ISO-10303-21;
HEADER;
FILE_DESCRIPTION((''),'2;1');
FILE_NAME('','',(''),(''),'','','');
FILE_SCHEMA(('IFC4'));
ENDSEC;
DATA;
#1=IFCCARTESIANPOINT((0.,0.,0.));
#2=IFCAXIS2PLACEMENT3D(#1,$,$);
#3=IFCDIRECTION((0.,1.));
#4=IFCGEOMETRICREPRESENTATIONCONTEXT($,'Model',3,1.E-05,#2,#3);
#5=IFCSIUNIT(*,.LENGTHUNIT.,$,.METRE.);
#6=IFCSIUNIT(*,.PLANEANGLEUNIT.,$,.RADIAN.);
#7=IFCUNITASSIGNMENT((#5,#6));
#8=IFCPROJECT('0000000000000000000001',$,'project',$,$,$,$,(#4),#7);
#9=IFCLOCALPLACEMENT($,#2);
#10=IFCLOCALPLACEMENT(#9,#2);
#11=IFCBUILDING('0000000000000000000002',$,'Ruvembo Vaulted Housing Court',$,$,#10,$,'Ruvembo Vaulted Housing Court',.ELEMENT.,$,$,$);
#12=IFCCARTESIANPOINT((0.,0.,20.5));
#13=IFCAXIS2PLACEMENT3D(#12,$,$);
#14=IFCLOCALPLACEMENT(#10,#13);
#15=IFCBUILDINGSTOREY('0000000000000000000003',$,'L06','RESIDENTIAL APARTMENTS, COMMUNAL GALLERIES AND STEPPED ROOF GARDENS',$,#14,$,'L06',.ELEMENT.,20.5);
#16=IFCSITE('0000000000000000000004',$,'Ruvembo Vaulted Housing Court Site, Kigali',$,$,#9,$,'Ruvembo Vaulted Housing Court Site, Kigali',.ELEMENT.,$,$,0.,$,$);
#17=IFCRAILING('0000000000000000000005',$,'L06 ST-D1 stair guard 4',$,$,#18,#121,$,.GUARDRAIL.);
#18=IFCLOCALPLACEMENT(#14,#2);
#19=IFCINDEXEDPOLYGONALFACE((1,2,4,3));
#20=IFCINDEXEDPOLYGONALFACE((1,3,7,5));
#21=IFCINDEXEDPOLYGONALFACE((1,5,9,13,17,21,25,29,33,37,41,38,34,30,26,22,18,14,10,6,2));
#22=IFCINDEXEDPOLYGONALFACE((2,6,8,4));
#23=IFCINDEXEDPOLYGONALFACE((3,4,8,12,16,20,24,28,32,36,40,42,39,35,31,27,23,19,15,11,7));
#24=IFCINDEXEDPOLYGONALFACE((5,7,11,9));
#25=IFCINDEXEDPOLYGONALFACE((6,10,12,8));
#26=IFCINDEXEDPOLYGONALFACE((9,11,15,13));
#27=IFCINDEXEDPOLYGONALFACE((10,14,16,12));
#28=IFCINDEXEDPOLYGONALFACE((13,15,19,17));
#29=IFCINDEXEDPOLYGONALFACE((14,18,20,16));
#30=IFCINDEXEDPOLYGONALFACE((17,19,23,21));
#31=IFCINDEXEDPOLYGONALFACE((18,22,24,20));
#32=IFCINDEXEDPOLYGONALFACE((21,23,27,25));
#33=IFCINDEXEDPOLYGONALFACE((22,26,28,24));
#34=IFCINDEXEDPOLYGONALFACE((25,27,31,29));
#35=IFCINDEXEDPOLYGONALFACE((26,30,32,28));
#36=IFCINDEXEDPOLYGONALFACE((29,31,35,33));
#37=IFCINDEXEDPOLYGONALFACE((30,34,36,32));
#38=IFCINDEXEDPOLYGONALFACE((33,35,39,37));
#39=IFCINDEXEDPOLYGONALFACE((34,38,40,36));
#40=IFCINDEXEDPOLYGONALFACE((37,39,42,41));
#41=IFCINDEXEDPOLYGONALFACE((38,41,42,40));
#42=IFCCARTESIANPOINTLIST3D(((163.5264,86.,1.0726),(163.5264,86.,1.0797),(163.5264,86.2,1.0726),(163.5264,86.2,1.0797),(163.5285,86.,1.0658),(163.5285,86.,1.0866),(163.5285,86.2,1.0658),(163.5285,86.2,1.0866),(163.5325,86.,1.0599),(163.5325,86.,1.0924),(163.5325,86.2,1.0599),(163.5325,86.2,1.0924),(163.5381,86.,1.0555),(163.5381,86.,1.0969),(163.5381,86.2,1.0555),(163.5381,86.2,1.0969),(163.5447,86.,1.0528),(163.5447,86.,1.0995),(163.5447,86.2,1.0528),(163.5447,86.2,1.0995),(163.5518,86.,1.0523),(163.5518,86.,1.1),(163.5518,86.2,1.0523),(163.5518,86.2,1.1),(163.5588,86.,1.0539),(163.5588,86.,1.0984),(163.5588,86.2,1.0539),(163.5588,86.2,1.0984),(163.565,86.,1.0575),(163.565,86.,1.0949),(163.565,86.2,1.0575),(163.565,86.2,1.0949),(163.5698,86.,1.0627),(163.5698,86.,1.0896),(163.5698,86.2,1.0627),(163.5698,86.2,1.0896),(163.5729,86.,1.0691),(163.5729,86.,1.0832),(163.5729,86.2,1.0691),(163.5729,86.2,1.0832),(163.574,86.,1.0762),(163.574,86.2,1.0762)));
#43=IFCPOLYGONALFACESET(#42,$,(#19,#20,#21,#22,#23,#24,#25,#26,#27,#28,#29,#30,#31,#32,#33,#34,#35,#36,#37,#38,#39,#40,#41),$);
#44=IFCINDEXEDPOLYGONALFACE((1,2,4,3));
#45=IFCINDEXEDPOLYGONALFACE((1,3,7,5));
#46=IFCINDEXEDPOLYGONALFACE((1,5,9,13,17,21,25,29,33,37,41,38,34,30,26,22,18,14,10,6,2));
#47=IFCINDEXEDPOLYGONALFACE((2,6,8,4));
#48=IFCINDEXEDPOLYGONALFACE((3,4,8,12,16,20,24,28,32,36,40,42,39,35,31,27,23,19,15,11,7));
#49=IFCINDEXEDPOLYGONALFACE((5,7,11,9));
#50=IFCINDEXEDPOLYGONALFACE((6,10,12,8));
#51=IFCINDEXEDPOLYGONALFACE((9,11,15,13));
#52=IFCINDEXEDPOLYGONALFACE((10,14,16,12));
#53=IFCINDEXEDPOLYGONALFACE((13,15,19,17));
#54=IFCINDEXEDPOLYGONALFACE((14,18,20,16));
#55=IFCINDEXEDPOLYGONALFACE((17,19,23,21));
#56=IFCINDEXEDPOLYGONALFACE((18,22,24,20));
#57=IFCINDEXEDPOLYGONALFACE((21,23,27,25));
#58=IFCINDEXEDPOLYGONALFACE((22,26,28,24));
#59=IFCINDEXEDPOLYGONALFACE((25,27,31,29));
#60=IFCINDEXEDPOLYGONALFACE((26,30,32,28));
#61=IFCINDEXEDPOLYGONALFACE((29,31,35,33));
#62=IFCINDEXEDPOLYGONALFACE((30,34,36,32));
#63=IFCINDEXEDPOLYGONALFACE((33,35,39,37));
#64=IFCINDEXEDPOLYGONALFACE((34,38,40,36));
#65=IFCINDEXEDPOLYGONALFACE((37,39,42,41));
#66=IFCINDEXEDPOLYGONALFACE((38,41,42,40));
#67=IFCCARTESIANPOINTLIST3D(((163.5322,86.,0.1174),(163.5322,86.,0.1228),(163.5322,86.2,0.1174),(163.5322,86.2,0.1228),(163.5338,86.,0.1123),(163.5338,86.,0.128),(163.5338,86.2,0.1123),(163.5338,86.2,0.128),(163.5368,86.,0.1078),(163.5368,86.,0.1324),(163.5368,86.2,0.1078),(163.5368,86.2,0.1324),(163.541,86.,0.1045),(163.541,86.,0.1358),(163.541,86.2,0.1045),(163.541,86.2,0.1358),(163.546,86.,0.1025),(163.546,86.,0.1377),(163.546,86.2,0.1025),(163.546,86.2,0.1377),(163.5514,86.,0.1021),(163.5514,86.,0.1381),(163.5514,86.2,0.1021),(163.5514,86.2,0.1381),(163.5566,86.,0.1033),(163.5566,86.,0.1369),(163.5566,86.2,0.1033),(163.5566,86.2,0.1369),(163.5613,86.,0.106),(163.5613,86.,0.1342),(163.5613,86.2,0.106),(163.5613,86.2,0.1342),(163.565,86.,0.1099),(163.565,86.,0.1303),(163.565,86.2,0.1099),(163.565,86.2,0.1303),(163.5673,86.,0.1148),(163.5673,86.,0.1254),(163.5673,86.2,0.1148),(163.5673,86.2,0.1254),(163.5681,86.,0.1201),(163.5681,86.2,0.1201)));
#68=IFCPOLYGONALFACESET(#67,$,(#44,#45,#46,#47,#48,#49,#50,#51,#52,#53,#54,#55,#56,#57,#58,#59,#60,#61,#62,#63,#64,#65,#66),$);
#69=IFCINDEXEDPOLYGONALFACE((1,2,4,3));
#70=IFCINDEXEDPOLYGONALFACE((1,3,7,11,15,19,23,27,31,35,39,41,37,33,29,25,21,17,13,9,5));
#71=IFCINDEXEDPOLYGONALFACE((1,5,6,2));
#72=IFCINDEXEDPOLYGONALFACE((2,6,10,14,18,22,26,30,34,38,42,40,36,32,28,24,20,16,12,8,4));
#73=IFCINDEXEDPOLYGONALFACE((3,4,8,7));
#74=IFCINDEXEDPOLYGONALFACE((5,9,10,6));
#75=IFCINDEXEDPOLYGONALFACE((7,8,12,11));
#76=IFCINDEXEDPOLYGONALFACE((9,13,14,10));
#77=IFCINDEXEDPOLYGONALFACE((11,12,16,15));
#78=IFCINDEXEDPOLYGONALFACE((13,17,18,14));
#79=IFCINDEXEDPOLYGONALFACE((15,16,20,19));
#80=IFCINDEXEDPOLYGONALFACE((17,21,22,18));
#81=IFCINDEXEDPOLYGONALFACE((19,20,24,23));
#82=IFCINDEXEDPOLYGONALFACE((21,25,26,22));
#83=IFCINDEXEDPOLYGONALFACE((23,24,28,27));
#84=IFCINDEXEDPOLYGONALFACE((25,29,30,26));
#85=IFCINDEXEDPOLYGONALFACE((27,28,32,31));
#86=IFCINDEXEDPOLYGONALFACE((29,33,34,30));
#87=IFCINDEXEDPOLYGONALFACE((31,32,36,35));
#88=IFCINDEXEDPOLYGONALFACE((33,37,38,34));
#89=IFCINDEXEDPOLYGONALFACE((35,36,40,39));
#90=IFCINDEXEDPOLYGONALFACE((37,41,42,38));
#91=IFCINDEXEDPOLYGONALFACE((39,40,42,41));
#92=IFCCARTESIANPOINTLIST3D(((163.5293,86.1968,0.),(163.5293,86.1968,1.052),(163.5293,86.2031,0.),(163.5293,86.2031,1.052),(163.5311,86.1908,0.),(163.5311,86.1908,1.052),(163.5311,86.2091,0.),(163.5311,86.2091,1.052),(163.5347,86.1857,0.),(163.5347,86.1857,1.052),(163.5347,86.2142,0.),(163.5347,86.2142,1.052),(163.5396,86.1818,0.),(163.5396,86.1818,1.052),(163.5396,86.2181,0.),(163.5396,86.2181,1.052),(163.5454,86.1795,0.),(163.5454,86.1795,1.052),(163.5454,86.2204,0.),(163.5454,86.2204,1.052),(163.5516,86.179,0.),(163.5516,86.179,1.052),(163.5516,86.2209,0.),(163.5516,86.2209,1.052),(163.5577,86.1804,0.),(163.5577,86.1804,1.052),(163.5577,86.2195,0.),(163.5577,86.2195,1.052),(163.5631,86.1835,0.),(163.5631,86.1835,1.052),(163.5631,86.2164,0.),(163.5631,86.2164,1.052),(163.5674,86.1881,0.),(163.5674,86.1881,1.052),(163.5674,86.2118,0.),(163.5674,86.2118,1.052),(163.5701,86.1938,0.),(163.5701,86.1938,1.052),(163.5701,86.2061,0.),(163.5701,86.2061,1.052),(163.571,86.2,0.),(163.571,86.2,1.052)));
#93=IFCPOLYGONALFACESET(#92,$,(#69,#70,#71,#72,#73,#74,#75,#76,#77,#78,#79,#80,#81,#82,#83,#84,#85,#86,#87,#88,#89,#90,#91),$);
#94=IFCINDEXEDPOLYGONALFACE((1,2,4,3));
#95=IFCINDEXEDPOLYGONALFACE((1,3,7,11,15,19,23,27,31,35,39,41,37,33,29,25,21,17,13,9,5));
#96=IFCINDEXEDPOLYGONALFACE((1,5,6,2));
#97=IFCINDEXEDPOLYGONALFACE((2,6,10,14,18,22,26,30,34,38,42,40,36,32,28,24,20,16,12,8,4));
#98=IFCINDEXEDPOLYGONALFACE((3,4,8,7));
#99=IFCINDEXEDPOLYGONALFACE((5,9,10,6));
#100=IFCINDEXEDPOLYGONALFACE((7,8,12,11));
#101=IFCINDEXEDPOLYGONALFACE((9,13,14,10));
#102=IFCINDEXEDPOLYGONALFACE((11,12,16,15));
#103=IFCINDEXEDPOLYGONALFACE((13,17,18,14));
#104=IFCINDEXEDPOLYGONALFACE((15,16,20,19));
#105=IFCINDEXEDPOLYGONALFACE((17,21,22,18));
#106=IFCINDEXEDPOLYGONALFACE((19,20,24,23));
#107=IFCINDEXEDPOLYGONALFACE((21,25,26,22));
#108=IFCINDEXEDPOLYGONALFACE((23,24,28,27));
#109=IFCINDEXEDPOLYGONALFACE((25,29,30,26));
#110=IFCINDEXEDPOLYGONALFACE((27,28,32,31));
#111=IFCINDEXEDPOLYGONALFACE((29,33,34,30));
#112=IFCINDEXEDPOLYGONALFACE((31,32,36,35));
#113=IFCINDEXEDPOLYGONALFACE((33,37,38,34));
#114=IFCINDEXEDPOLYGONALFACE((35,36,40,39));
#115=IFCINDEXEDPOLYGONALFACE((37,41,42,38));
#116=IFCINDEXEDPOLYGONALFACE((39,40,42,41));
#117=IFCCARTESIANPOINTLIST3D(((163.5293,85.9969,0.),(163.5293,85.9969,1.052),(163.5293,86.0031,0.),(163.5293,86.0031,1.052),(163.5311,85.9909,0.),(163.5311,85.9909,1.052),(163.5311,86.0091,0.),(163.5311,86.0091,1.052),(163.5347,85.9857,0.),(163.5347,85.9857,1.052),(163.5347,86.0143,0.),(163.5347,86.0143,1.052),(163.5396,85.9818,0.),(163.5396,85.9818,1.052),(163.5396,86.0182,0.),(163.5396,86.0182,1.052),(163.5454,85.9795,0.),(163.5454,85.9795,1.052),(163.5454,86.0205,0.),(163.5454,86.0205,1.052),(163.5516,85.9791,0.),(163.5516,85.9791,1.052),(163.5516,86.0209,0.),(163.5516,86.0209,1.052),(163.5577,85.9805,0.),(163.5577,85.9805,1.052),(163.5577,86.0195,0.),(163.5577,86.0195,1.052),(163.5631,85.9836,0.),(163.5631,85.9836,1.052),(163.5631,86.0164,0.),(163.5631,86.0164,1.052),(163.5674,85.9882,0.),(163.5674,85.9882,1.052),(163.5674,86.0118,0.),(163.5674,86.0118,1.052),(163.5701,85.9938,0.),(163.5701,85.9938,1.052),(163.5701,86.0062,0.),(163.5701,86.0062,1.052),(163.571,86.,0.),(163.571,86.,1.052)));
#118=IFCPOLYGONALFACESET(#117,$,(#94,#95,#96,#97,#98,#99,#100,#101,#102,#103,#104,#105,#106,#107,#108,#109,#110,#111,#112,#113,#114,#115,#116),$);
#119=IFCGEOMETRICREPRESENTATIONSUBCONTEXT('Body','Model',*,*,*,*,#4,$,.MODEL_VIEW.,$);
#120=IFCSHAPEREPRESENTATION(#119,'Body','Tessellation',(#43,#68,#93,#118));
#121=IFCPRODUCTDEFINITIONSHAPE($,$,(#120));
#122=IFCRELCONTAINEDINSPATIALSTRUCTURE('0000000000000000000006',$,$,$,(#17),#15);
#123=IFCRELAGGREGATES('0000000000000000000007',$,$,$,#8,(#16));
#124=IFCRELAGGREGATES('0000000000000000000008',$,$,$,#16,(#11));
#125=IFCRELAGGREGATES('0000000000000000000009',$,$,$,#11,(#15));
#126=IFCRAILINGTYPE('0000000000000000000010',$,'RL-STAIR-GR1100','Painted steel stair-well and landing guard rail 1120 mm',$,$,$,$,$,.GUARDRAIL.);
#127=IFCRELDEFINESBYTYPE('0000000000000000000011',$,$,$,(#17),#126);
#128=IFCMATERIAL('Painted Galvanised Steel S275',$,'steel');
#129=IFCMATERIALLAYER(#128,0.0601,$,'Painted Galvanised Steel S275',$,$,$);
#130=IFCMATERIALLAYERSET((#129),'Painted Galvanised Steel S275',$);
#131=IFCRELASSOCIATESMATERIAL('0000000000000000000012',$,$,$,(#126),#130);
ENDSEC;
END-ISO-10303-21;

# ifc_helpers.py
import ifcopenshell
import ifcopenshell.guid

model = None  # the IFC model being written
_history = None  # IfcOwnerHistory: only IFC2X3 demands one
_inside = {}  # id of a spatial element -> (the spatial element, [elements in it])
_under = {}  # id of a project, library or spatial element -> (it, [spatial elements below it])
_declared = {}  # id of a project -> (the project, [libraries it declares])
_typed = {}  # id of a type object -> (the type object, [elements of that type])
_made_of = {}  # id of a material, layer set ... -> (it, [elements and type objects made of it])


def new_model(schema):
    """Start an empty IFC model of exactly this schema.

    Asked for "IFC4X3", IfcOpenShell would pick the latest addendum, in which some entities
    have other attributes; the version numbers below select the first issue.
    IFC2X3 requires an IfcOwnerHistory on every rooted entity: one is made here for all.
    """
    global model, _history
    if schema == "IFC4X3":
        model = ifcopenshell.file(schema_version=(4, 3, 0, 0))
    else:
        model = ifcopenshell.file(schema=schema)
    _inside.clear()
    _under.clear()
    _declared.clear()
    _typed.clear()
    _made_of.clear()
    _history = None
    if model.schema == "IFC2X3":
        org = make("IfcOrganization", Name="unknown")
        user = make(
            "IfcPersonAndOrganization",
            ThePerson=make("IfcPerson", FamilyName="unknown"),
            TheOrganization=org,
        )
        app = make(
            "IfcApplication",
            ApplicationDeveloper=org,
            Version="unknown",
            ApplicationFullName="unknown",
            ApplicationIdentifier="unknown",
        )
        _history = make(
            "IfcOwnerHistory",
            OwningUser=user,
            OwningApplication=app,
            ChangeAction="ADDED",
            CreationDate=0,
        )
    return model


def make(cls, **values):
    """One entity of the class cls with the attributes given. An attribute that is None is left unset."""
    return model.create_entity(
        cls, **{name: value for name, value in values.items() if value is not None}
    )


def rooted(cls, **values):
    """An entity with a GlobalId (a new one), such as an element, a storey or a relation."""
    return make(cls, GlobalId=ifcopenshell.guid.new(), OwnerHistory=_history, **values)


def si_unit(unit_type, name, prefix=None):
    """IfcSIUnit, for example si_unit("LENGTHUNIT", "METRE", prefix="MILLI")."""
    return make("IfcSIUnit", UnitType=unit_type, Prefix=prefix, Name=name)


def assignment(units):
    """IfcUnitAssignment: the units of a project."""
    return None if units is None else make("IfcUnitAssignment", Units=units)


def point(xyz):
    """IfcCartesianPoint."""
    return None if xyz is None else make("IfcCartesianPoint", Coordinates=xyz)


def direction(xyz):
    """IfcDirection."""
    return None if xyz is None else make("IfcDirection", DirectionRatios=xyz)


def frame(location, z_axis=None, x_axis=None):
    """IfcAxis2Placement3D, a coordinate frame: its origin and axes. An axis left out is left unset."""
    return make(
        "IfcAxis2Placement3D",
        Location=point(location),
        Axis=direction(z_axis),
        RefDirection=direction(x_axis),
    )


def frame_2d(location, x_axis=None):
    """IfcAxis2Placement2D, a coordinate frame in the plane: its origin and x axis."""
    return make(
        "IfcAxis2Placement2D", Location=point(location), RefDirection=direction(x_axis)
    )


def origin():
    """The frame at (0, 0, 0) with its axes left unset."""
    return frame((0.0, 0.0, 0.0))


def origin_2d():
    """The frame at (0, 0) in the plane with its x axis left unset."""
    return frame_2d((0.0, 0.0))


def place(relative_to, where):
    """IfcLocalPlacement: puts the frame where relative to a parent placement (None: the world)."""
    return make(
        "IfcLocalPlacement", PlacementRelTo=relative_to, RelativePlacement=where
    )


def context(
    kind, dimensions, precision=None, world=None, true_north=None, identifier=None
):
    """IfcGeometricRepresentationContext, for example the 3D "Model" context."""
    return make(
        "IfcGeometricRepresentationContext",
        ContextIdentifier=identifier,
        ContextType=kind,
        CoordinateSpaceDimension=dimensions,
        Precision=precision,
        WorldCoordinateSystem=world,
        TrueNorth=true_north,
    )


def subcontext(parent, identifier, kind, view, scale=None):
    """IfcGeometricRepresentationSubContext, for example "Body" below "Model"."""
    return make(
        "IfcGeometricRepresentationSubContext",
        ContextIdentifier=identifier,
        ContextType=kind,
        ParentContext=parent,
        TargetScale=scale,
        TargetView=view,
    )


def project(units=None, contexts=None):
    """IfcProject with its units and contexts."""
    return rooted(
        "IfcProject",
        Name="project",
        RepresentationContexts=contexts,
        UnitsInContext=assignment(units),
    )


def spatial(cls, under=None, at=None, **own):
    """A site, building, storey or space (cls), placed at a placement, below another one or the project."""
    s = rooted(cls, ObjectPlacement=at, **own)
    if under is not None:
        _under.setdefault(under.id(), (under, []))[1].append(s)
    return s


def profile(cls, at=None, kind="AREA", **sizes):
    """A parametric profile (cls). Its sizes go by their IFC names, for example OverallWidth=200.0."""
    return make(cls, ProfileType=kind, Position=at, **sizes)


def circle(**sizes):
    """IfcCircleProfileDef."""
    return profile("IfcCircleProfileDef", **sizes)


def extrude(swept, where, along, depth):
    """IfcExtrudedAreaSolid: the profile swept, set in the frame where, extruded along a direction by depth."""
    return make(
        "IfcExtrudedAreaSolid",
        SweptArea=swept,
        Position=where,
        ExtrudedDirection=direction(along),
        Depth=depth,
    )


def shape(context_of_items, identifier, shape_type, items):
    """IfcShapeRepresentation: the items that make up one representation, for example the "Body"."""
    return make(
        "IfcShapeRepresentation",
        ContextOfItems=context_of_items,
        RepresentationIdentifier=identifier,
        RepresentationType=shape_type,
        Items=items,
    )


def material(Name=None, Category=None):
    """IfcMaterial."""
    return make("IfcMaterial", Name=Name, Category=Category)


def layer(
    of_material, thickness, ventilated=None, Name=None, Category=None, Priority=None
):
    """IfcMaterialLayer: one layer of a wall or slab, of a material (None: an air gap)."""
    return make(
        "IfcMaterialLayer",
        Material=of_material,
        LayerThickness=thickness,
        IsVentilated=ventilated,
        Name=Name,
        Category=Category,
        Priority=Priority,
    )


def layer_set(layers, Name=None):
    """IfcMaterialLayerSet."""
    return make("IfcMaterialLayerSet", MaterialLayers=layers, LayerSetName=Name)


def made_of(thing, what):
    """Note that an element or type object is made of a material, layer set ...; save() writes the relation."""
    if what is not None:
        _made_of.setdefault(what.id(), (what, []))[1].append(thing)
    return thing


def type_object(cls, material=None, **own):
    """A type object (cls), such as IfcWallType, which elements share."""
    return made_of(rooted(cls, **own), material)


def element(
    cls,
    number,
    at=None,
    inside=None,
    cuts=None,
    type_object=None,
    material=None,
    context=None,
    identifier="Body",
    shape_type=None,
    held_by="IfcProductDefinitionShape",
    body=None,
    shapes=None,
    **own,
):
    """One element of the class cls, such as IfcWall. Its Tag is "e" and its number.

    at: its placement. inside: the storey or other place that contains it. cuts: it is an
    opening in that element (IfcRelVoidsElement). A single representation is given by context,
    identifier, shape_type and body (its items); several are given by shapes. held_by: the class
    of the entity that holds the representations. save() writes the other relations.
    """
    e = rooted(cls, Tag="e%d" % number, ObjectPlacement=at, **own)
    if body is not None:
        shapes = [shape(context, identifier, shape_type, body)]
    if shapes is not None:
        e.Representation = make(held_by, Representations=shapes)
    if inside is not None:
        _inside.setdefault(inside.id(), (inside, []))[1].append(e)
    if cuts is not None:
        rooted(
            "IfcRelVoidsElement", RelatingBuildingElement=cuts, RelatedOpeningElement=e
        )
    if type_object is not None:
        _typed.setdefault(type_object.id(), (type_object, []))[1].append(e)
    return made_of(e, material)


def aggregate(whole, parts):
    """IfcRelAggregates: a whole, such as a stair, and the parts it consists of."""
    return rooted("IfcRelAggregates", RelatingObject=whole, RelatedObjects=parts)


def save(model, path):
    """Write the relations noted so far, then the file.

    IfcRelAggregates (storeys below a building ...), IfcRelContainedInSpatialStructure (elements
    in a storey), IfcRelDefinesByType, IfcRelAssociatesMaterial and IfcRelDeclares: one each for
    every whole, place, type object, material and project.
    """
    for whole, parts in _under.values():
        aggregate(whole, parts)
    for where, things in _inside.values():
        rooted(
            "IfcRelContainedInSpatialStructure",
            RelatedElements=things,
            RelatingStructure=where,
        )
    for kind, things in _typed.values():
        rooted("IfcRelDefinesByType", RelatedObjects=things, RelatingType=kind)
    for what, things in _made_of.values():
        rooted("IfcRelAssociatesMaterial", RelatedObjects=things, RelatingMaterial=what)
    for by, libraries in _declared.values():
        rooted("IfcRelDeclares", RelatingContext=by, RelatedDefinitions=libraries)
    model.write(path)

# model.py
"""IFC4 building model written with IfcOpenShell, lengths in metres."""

from ifc_helpers import new_model, si_unit, direction, frame, origin, origin_2d, place, context, subcontext, project, spatial, circle, extrude, material, layer, layer_set, type_object, element, save


model = new_model("IFC4")

# Units and contexts
model_context = context("Model", 3, precision=1e-05, world=origin(), true_north=direction((0.0, 1.0)))
body_context = subcontext(model_context, "Body", "Model", "MODEL_VIEW")
ifc_project = project(units=[si_unit("LENGTHUNIT", "METRE"), si_unit("PLANEANGLEUNIT", "RADIAN")], contexts=[model_context])

# Site, building, storey
site_placement = place(None, origin())
site = spatial("IfcSite", under=ifc_project, at=site_placement, Name="Ruvembo Vaulted Housing Court Site, Kigali", LongName="Ruvembo Vaulted Housing Court Site, Kigali", CompositionType="ELEMENT", RefElevation=0.0)
building_placement = place(site_placement, origin())
building = spatial("IfcBuilding", under=site, at=building_placement, Name="Ruvembo Vaulted Housing Court", LongName="Ruvembo Vaulted Housing Court", CompositionType="ELEMENT")
storey_placement = place(building_placement, frame((0.0, 0.0, 20.5)))
storey = spatial("IfcBuildingStorey", under=building, at=storey_placement, Name="L06", Description="RESIDENTIAL APARTMENTS, COMMUNAL GALLERIES AND STEPPED ROOF GARDENS", LongName="L06", CompositionType="ELEMENT", Elevation=20.5)

# Railing
ifc_material_1 = material(Name="Painted Galvanised Steel S275", Category="steel")
ifc_layer_1 = layer(ifc_material_1, 0.0601, Name="Painted Galvanised Steel S275")
ifc_layer_set_1 = layer_set([ifc_layer_1], Name="Painted Galvanised Steel S275")
railing_type_1 = type_object("IfcRailingType", Name="RL-STAIR-GR1100", Description="Painted steel stair-well and landing guard rail 1120 mm", PredefinedType="GUARDRAIL", material=ifc_layer_set_1)
railing_1_placement = place(storey_placement, frame((163.55, 86.2, 0.0)))
element("IfcRailing", 1, at=railing_1_placement, inside=storey, type_object=railing_type_1, Name="L06 ST-D1 stair guard 4", PredefinedType="GUARDRAIL", context=body_context, shape_type="SweptSolid", body=[
    extrude(circle(Radius=0.0239, at=origin_2d()), frame((0.0, 0.0, 1.0762), z_axis=(0.0, -1.0, 0.0), x_axis=(1.0, 0.0, 0.0)), (0.0, 0.0, 1.0), 0.2),
    extrude(circle(Radius=0.0181, at=origin_2d()), frame((0.0, 0.0, 0.1201), z_axis=(0.0, -1.0, 0.0), x_axis=(1.0, 0.0, 0.0)), (0.0, 0.0, 1.0), 0.2),
    extrude(circle(Radius=0.021, at=origin_2d()), origin(), (0.0, 0.0, 1.0), 1.052),
    extrude(circle(Radius=0.021, at=origin_2d()), frame((0.0, -0.2, 0.0)), (0.0, 0.0, 1.0), 1.052),
])

save(model, "model.ifc")
